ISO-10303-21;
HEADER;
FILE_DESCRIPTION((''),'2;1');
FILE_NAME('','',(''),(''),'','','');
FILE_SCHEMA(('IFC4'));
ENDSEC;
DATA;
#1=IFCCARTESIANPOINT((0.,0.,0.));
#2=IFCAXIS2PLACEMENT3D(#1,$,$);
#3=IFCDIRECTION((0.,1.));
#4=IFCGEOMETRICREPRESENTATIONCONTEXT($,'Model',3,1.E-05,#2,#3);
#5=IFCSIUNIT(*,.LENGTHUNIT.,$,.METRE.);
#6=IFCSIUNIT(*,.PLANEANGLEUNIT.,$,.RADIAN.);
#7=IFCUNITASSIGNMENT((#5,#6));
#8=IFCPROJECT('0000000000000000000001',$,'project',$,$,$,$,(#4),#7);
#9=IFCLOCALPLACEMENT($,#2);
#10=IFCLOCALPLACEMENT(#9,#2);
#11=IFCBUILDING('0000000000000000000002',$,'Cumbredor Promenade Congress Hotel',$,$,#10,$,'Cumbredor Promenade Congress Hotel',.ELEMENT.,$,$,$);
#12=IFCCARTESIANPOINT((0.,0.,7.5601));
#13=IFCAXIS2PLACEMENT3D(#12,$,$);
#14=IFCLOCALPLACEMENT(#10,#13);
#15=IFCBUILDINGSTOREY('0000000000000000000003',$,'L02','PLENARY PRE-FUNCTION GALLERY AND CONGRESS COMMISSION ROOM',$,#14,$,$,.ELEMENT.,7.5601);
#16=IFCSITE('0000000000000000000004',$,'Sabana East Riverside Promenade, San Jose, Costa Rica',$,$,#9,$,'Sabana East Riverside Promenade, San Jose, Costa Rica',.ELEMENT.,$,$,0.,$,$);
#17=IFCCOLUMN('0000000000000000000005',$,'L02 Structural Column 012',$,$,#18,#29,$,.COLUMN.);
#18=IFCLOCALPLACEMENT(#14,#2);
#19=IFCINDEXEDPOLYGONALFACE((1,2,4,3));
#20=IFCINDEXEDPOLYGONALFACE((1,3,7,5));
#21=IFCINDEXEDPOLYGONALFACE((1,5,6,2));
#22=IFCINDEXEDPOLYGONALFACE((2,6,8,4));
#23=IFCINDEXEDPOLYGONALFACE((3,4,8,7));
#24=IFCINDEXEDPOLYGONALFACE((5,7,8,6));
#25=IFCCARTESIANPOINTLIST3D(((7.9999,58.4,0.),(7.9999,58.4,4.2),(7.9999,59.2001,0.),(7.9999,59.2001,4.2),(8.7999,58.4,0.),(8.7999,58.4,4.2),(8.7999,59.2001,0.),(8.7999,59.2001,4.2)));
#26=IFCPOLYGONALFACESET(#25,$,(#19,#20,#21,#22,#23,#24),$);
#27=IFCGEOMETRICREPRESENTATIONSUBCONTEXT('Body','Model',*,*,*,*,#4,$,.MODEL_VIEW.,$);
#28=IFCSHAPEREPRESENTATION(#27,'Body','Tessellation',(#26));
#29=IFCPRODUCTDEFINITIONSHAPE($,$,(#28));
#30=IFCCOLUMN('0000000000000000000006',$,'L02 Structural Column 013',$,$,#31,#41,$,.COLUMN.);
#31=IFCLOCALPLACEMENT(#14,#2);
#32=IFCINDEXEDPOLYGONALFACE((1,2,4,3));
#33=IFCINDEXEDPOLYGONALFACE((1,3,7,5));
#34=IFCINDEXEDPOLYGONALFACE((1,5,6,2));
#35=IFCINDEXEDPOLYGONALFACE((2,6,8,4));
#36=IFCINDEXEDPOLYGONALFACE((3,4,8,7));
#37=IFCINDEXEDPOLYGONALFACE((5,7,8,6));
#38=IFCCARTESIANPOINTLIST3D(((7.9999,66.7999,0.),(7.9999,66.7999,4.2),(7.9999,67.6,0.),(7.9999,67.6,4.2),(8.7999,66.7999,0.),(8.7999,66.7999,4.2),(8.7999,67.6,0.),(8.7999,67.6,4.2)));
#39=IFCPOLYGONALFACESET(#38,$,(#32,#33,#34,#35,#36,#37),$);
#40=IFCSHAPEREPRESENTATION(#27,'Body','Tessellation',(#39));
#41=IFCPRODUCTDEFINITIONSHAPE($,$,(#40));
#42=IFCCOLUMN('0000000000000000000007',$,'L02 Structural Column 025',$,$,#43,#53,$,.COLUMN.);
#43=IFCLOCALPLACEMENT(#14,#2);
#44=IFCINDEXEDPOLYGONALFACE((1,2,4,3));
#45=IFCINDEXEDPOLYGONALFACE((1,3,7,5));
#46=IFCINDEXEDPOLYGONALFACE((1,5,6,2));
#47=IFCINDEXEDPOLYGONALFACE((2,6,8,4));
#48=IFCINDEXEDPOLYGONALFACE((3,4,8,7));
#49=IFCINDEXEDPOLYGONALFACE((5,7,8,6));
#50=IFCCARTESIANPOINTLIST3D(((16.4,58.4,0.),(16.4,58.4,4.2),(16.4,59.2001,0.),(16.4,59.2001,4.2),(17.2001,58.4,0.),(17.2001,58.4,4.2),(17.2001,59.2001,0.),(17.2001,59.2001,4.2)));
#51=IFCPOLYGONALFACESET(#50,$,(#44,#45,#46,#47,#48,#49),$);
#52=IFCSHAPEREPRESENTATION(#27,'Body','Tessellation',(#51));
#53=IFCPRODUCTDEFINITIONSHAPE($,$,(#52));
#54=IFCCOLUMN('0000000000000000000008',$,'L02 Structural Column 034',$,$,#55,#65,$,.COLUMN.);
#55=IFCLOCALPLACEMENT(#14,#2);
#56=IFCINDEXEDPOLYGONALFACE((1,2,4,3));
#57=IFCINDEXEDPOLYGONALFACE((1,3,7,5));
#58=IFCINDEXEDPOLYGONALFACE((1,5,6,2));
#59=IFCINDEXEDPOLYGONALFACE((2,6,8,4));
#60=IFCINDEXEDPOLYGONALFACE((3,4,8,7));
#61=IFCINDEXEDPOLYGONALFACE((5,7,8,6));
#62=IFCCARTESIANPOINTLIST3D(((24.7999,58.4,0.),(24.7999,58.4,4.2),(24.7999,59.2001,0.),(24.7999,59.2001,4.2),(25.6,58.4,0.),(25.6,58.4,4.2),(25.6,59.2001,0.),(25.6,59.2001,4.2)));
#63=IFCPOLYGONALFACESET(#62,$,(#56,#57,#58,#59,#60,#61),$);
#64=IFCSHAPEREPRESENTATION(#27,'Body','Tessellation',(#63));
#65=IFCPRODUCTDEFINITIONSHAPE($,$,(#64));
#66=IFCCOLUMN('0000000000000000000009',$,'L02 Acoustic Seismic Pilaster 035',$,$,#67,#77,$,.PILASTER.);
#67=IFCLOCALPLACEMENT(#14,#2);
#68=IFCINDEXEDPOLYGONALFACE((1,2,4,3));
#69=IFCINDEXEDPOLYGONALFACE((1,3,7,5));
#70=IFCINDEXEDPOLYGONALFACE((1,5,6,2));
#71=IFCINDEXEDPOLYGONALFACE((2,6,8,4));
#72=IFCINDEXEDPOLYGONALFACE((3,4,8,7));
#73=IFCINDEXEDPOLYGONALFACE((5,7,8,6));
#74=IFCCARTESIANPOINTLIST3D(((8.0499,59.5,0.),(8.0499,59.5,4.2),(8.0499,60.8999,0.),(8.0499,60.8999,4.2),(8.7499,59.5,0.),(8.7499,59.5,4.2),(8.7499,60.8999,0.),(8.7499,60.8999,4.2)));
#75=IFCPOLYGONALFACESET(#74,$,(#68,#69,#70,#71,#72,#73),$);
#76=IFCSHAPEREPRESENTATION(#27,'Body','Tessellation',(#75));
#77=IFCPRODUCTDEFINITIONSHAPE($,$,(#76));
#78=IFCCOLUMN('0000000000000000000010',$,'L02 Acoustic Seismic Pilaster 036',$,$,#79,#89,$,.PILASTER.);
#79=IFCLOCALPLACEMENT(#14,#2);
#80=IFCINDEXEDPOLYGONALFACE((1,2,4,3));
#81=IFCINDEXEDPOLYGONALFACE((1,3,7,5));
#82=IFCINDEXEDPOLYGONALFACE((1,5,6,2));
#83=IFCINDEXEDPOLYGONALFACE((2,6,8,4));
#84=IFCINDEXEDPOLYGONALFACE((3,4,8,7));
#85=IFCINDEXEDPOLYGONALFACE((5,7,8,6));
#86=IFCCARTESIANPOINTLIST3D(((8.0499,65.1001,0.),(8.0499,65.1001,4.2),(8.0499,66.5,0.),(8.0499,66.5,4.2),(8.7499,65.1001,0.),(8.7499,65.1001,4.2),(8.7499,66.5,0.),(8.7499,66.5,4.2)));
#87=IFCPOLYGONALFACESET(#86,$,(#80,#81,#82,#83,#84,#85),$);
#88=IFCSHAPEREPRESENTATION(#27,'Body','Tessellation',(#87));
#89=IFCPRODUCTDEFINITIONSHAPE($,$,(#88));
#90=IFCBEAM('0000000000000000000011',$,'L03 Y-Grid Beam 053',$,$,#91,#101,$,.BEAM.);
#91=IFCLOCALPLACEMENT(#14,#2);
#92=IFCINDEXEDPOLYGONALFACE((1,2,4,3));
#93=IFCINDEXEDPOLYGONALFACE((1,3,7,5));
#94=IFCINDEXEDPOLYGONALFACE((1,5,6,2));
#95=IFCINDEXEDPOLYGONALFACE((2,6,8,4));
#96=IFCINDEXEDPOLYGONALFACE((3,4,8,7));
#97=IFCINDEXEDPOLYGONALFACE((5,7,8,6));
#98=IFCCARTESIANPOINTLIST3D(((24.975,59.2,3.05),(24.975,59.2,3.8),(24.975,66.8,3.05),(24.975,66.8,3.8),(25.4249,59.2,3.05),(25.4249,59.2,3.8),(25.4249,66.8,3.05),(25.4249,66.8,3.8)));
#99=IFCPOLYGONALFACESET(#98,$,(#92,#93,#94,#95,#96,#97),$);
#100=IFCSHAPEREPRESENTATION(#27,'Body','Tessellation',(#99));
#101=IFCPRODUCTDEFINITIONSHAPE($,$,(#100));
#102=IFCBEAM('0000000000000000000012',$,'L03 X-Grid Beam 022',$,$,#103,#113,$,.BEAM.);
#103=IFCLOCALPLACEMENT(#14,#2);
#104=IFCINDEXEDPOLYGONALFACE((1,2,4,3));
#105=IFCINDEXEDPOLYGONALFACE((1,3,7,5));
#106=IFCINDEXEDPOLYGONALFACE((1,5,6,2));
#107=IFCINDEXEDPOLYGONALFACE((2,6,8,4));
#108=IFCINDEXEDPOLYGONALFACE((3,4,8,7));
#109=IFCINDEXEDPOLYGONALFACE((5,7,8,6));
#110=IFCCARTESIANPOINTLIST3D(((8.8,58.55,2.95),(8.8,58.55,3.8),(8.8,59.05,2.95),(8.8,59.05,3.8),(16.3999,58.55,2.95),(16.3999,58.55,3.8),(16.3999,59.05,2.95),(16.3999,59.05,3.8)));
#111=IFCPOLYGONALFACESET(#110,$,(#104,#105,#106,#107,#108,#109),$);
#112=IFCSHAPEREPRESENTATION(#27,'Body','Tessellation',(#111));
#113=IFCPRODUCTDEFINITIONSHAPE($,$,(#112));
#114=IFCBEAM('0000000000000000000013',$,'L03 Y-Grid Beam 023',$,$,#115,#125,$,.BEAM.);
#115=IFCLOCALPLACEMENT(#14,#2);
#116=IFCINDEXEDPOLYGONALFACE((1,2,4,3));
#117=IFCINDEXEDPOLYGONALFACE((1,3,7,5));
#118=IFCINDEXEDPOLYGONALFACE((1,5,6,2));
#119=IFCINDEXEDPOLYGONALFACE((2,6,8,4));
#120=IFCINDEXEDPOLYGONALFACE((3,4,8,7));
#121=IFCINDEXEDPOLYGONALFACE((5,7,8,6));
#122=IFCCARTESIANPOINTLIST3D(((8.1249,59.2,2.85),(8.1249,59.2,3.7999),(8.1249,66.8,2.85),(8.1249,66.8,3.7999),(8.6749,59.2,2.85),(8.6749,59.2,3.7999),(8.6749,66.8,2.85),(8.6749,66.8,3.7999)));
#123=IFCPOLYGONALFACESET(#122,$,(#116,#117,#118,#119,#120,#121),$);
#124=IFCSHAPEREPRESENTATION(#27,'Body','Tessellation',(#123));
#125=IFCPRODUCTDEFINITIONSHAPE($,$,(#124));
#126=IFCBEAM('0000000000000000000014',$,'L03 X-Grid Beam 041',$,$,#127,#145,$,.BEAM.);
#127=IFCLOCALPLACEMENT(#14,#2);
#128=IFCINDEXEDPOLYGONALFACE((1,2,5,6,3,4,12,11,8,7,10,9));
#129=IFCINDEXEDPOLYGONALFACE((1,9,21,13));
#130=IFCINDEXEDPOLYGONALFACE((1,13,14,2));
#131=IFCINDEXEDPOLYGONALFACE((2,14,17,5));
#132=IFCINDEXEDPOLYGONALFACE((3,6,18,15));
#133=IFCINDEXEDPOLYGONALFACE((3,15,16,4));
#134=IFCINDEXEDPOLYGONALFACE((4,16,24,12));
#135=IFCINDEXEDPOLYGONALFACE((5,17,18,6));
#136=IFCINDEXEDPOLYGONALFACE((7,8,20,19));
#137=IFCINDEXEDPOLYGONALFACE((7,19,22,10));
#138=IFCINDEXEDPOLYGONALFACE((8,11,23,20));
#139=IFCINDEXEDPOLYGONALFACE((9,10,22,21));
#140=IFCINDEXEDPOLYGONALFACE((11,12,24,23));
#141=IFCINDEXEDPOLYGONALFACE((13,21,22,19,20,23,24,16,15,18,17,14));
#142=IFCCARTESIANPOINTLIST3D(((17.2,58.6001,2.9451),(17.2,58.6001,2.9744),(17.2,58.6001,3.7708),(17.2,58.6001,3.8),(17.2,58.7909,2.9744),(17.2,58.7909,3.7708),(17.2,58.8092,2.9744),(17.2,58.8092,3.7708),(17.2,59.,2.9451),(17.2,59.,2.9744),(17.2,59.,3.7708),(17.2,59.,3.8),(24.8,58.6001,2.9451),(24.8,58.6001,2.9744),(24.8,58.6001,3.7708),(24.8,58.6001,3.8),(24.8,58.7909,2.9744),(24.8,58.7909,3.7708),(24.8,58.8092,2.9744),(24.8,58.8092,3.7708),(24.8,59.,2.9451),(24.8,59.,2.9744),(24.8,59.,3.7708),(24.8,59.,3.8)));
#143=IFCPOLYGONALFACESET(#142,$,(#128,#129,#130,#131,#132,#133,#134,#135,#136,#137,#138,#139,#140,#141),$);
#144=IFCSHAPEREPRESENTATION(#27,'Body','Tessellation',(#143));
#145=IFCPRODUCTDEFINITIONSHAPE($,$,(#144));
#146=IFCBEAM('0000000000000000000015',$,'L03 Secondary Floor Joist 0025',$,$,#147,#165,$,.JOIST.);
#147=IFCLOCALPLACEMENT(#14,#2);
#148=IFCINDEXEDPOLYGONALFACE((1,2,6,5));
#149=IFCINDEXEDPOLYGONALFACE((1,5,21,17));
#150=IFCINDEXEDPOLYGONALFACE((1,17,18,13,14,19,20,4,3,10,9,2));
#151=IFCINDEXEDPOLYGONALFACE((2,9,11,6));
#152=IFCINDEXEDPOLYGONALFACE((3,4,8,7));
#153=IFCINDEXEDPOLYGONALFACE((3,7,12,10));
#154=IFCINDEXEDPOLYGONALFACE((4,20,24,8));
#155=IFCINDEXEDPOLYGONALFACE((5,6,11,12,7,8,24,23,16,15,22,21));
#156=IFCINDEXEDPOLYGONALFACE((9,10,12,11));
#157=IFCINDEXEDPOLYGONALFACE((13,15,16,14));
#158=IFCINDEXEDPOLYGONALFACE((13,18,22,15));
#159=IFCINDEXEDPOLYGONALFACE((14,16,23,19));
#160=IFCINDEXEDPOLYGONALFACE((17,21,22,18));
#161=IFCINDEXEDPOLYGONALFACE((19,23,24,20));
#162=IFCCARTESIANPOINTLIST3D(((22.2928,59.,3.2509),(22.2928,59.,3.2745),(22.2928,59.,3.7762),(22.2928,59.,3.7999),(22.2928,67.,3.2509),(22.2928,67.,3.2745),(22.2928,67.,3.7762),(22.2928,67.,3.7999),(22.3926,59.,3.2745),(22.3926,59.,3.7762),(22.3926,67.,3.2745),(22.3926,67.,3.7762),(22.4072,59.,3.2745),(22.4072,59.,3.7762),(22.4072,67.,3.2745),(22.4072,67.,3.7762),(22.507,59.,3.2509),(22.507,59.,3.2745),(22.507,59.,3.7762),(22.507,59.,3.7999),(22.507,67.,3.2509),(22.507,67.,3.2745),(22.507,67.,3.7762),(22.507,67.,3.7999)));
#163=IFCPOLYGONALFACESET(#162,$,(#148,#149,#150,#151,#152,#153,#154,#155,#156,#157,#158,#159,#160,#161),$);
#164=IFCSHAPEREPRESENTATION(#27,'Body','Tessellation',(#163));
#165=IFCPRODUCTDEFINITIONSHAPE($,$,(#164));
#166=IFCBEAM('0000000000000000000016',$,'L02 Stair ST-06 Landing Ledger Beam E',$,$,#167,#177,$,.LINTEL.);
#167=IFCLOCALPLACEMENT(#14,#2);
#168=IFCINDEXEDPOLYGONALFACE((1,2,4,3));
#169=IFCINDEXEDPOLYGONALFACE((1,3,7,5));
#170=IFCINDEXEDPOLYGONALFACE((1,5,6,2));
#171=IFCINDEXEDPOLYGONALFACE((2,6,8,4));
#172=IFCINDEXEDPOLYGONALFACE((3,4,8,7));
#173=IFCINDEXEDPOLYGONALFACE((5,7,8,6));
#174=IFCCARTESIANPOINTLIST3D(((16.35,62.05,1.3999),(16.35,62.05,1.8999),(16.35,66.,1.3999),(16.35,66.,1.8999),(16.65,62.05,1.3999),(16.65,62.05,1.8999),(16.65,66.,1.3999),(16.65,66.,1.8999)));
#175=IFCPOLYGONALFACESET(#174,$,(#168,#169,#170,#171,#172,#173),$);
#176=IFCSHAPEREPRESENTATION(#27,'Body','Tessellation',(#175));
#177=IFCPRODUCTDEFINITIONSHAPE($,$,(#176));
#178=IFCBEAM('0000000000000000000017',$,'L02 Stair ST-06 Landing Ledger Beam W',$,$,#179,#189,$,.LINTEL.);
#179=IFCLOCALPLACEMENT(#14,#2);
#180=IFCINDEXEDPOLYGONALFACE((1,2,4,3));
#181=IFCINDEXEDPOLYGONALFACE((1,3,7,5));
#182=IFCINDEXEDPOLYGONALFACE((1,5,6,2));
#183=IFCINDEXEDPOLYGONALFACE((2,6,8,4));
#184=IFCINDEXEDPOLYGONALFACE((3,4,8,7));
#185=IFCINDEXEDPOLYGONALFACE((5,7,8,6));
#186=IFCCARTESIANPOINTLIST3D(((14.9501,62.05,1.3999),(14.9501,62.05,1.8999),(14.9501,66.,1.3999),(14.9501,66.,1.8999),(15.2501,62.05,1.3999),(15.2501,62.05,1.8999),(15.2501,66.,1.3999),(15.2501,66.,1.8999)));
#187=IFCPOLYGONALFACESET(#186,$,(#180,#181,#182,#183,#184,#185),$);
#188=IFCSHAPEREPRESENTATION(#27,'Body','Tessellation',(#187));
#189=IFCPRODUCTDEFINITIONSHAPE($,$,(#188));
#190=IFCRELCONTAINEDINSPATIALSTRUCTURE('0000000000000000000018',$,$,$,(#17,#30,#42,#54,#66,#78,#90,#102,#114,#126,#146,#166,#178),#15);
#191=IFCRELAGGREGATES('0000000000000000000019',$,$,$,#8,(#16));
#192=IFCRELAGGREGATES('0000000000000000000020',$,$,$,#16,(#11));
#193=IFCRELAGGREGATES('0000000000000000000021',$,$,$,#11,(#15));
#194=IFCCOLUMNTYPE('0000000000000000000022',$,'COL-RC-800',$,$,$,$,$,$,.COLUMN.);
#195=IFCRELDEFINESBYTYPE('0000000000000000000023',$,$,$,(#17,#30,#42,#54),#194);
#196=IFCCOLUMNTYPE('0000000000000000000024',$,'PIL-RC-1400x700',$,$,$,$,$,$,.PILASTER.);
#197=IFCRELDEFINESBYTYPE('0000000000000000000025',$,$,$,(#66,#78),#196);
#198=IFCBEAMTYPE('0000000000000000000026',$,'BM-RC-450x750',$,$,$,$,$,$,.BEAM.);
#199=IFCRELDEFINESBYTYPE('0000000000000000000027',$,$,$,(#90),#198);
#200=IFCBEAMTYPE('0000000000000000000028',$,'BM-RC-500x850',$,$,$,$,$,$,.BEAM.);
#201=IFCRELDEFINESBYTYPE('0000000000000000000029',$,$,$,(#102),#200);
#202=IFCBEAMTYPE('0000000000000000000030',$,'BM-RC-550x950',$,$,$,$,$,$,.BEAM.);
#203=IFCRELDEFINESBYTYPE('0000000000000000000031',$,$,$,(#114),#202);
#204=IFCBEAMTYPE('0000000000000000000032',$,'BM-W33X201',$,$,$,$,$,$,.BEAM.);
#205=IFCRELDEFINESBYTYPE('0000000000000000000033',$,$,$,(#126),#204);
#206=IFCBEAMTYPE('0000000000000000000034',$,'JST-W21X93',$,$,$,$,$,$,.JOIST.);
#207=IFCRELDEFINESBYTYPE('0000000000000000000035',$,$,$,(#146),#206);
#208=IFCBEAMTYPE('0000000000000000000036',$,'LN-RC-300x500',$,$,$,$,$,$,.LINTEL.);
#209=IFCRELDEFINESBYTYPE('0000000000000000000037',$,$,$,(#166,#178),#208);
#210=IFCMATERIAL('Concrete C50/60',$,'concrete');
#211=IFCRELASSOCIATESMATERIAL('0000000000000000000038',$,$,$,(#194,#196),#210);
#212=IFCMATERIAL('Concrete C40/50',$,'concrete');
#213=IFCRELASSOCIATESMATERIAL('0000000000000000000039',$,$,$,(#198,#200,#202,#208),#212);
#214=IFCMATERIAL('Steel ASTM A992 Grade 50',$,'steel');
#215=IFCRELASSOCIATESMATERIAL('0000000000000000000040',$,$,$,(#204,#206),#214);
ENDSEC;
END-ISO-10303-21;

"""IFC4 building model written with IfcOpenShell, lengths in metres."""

from ifc_helpers import new_model, si_unit, direction, frame, origin, origin_2d, place, context, subcontext, project, spatial, rectangle, i_section, extrude, material, material_profile, profile_set, type_object, element, save


model = new_model("IFC4")

# Units and contexts
model_context = context("Model", 3, precision=1e-05, world=origin(), true_north=direction((0.0, 1.0)))
body_context = subcontext(model_context, "Body", "Model", "MODEL_VIEW")
ifc_project = project(units=[si_unit("LENGTHUNIT", "METRE"), si_unit("PLANEANGLEUNIT", "RADIAN")], contexts=[model_context])

# Site, building, storey
site_placement = place(None, origin())
site = spatial("IfcSite", under=ifc_project, at=site_placement, Name="Sabana East Riverside Promenade, San Jose, Costa Rica", LongName="Sabana East Riverside Promenade, San Jose, Costa Rica", CompositionType="ELEMENT", RefElevation=0.0)
building_placement = place(site_placement, origin())
building = spatial("IfcBuilding", under=site, at=building_placement, Name="Cumbredor Promenade Congress Hotel", LongName="Cumbredor Promenade Congress Hotel", CompositionType="ELEMENT")
storey_placement = place(building_placement, frame((0.0, 0.0, 7.5601)))
storey = spatial("IfcBuildingStorey", under=building, at=storey_placement, Name="L02", Description="PLENARY PRE-FUNCTION GALLERY AND CONGRESS COMMISSION ROOM", CompositionType="ELEMENT", Elevation=7.5601)

# Columns
ifc_material_1 = material(Name="Concrete C50/60", Category="concrete")
ifc_material_profile_1 = material_profile(ifc_material_1, rectangle(XDim=0.8, YDim=0.8, at=origin_2d()), Name="RC 800x800")
ifc_profile_set_1 = profile_set([ifc_material_profile_1], Name="Concrete C50/60")
column_type_1 = type_object("IfcColumnType", Name="COL-RC-800", PredefinedType="COLUMN", material=ifc_profile_set_1)
for number, where, z_axis, x_axis, name in (
    (1, (8.3999, 58.8, 0.0), (0.0, 0.0, 1.0), (1.0, 0.0, 0.0), "L02 Structural Column 012"),
    (2, (8.3999, 67.2, 0.0), (0.0, 0.0, 1.0), (1.0, 0.0, 0.0), "L02 Structural Column 013"),
    (3, (16.8, 58.8, 0.0), (0.0, 0.0, 1.0), (1.0, 0.0, 0.0), "L02 Structural Column 025"),
    (4, (25.2, 58.8, 0.0), (0.0, 0.0, 1.0), (1.0, 0.0, 0.0), "L02 Structural Column 034"),
):
    element("IfcColumn", number, at=place(storey_placement, frame(where, z_axis=z_axis, x_axis=x_axis)), inside=storey, type_object=column_type_1, Name=name, PredefinedType="COLUMN", context=body_context, shape_type="SweptSolid", body=[
        extrude(rectangle(XDim=0.8, YDim=0.8, at=origin_2d()), origin(), (0.0, 0.0, 1.0), 4.2),
    ])
ifc_material_profile_2 = material_profile(ifc_material_1, rectangle(XDim=0.7, YDim=1.3999, at=origin_2d()), Name="RC PILASTER 1400x700")
ifc_profile_set_2 = profile_set([ifc_material_profile_2], Name="Concrete C50/60")
column_type_2 = type_object("IfcColumnType", Name="PIL-RC-1400x700", PredefinedType="PILASTER", material=ifc_profile_set_2)
for number, where, z_axis, x_axis, name in (
    (5, (8.3999, 60.2, 0.0), (0.0, 0.0, 1.0), (1.0, 0.0, 0.0), "L02 Acoustic Seismic Pilaster 035"),
    (6, (8.3999, 65.8, 0.0), (0.0, 0.0, 1.0), (1.0, 0.0, 0.0), "L02 Acoustic Seismic Pilaster 036"),
):
    element("IfcColumn", number, at=place(storey_placement, frame(where, z_axis=z_axis, x_axis=x_axis)), inside=storey, type_object=column_type_2, Name=name, PredefinedType="PILASTER", context=body_context, shape_type="SweptSolid", body=[
        extrude(rectangle(XDim=0.7, YDim=1.3999, at=origin_2d()), origin(), (0.0, 0.0, 1.0), 4.2),
    ])

# Beams
ifc_material_2 = material(Name="Concrete C40/50", Category="concrete")
ifc_material_profile_3 = material_profile(ifc_material_2, rectangle(XDim=0.45, YDim=0.75, at=origin_2d()), Name="RC BEAM 450x750")
ifc_profile_set_3 = profile_set([ifc_material_profile_3], Name="Concrete C40/50")
beam_type_1 = type_object("IfcBeamType", Name="BM-RC-450x750", PredefinedType="BEAM", material=ifc_profile_set_3)
beam_1_placement = place(storey_placement, frame((25.2, 59.2, 3.425), z_axis=(0.0, 1.0, 0.0), x_axis=(-1.0, 0.0, 0.0)))
element("IfcBeam", 7, at=beam_1_placement, inside=storey, type_object=beam_type_1, Name="L03 Y-Grid Beam 053", PredefinedType="BEAM", context=body_context, shape_type="SweptSolid", body=[
    extrude(rectangle(XDim=0.45, YDim=0.75, at=origin_2d()), origin(), (0.0, 0.0, 1.0), 7.6001),
])
ifc_material_profile_4 = material_profile(ifc_material_2, rectangle(XDim=0.5, YDim=0.8501, at=origin_2d()), Name="RC BEAM 500x850")
ifc_profile_set_4 = profile_set([ifc_material_profile_4], Name="Concrete C40/50")
beam_type_2 = type_object("IfcBeamType", Name="BM-RC-500x850", PredefinedType="BEAM", material=ifc_profile_set_4)
beam_2_placement = place(storey_placement, frame((8.8, 58.8, 3.375), z_axis=(1.0, 0.0, 0.0), x_axis=(0.0, 1.0, 0.0)))
element("IfcBeam", 8, at=beam_2_placement, inside=storey, type_object=beam_type_2, Name="L03 X-Grid Beam 022", PredefinedType="BEAM", context=body_context, shape_type="SweptSolid", body=[
    extrude(rectangle(XDim=0.5, YDim=0.8501, at=origin_2d()), origin(), (0.0, 0.0, 1.0), 7.5999),
])
ifc_material_profile_5 = material_profile(ifc_material_2, rectangle(XDim=0.55, YDim=0.95, at=origin_2d()), Name="RC BEAM 550x950")
ifc_profile_set_5 = profile_set([ifc_material_profile_5], Name="Concrete C40/50")
beam_type_3 = type_object("IfcBeamType", Name="BM-RC-550x950", PredefinedType="BEAM", material=ifc_profile_set_5)
beam_3_placement = place(storey_placement, frame((8.3999, 59.2, 3.325), z_axis=(0.0, 1.0, 0.0), x_axis=(-1.0, 0.0, 0.0)))
element("IfcBeam", 9, at=beam_3_placement, inside=storey, type_object=beam_type_3, Name="L03 Y-Grid Beam 023", PredefinedType="BEAM", context=body_context, shape_type="SweptSolid", body=[
    extrude(rectangle(XDim=0.55, YDim=0.95, at=origin_2d()), origin(), (0.0, 0.0, 1.0), 7.6001),
])
ifc_material_3 = material(Name="Steel ASTM A992 Grade 50", Category="steel")
ifc_material_profile_6 = material_profile(ifc_material_3, i_section(OverallWidth=0.3999, OverallDepth=0.855, WebThickness=0.0183, FlangeThickness=0.0293, at=origin_2d()), Name="W33X201")
ifc_profile_set_6 = profile_set([ifc_material_profile_6], Name="Steel ASTM A992 Grade 50")
beam_type_4 = type_object("IfcBeamType", Name="BM-W33X201", PredefinedType="BEAM", material=ifc_profile_set_6)
beam_4_placement = place(storey_placement, frame((17.2, 58.8, 3.3726), z_axis=(1.0, 0.0, 0.0), x_axis=(0.0, 1.0, 0.0)))
element("IfcBeam", 10, at=beam_4_placement, inside=storey, type_object=beam_type_4, Name="L03 X-Grid Beam 041", PredefinedType="BEAM", context=body_context, shape_type="SweptSolid", body=[
    extrude(i_section(OverallWidth=0.3999, OverallDepth=0.855, WebThickness=0.0183, FlangeThickness=0.0293, at=origin_2d()), origin(), (0.0, 0.0, 1.0), 7.6001),
])
ifc_material_profile_7 = material_profile(ifc_material_3, i_section(OverallWidth=0.2141, OverallDepth=0.5491, WebThickness=0.0146, FlangeThickness=0.0237, at=origin_2d()), Name="W21X93")
ifc_profile_set_7 = profile_set([ifc_material_profile_7], Name="Steel ASTM A992 Grade 50")
beam_type_5 = type_object("IfcBeamType", Name="JST-W21X93", PredefinedType="JOIST", material=ifc_profile_set_7)
beam_5_placement = place(storey_placement, frame((22.3999, 59.0, 3.5254), z_axis=(0.0, 1.0, 0.0), x_axis=(-1.0, 0.0, 0.0)))
element("IfcBeam", 11, at=beam_5_placement, inside=storey, type_object=beam_type_5, Name="L03 Secondary Floor Joist 0025", PredefinedType="JOIST", context=body_context, shape_type="SweptSolid", body=[
    extrude(i_section(OverallWidth=0.2141, OverallDepth=0.5491, WebThickness=0.0146, FlangeThickness=0.0237, at=origin_2d()), origin(), (0.0, 0.0, 1.0), 8.0),
])
ifc_material_profile_8 = material_profile(ifc_material_2, rectangle(XDim=0.3, YDim=0.5, at=origin_2d()), Name="RC LINTEL 300x500")
ifc_profile_set_8 = profile_set([ifc_material_profile_8], Name="Concrete C40/50")
beam_type_6 = type_object("IfcBeamType", Name="LN-RC-300x500", PredefinedType="LINTEL", material=ifc_profile_set_8)
for number, where, z_axis, x_axis, name in (
    (12, (16.5, 62.05, 1.6499), (0.0, 1.0, 0.0), (-1.0, 0.0, 0.0), "L02 Stair ST-06 Landing Ledger Beam E"),
    (13, (15.1001, 62.05, 1.6499), (0.0, 1.0, 0.0), (-1.0, 0.0, 0.0), "L02 Stair ST-06 Landing Ledger Beam W"),
):
    element("IfcBeam", number, at=place(storey_placement, frame(where, z_axis=z_axis, x_axis=x_axis)), inside=storey, type_object=beam_type_6, Name=name, PredefinedType="LINTEL", context=body_context, shape_type="SweptSolid", body=[
        extrude(rectangle(XDim=0.3, YDim=0.5, at=origin_2d()), origin(), (0.0, 0.0, 1.0), 3.95),
    ])

save(model, "model.ifc")
